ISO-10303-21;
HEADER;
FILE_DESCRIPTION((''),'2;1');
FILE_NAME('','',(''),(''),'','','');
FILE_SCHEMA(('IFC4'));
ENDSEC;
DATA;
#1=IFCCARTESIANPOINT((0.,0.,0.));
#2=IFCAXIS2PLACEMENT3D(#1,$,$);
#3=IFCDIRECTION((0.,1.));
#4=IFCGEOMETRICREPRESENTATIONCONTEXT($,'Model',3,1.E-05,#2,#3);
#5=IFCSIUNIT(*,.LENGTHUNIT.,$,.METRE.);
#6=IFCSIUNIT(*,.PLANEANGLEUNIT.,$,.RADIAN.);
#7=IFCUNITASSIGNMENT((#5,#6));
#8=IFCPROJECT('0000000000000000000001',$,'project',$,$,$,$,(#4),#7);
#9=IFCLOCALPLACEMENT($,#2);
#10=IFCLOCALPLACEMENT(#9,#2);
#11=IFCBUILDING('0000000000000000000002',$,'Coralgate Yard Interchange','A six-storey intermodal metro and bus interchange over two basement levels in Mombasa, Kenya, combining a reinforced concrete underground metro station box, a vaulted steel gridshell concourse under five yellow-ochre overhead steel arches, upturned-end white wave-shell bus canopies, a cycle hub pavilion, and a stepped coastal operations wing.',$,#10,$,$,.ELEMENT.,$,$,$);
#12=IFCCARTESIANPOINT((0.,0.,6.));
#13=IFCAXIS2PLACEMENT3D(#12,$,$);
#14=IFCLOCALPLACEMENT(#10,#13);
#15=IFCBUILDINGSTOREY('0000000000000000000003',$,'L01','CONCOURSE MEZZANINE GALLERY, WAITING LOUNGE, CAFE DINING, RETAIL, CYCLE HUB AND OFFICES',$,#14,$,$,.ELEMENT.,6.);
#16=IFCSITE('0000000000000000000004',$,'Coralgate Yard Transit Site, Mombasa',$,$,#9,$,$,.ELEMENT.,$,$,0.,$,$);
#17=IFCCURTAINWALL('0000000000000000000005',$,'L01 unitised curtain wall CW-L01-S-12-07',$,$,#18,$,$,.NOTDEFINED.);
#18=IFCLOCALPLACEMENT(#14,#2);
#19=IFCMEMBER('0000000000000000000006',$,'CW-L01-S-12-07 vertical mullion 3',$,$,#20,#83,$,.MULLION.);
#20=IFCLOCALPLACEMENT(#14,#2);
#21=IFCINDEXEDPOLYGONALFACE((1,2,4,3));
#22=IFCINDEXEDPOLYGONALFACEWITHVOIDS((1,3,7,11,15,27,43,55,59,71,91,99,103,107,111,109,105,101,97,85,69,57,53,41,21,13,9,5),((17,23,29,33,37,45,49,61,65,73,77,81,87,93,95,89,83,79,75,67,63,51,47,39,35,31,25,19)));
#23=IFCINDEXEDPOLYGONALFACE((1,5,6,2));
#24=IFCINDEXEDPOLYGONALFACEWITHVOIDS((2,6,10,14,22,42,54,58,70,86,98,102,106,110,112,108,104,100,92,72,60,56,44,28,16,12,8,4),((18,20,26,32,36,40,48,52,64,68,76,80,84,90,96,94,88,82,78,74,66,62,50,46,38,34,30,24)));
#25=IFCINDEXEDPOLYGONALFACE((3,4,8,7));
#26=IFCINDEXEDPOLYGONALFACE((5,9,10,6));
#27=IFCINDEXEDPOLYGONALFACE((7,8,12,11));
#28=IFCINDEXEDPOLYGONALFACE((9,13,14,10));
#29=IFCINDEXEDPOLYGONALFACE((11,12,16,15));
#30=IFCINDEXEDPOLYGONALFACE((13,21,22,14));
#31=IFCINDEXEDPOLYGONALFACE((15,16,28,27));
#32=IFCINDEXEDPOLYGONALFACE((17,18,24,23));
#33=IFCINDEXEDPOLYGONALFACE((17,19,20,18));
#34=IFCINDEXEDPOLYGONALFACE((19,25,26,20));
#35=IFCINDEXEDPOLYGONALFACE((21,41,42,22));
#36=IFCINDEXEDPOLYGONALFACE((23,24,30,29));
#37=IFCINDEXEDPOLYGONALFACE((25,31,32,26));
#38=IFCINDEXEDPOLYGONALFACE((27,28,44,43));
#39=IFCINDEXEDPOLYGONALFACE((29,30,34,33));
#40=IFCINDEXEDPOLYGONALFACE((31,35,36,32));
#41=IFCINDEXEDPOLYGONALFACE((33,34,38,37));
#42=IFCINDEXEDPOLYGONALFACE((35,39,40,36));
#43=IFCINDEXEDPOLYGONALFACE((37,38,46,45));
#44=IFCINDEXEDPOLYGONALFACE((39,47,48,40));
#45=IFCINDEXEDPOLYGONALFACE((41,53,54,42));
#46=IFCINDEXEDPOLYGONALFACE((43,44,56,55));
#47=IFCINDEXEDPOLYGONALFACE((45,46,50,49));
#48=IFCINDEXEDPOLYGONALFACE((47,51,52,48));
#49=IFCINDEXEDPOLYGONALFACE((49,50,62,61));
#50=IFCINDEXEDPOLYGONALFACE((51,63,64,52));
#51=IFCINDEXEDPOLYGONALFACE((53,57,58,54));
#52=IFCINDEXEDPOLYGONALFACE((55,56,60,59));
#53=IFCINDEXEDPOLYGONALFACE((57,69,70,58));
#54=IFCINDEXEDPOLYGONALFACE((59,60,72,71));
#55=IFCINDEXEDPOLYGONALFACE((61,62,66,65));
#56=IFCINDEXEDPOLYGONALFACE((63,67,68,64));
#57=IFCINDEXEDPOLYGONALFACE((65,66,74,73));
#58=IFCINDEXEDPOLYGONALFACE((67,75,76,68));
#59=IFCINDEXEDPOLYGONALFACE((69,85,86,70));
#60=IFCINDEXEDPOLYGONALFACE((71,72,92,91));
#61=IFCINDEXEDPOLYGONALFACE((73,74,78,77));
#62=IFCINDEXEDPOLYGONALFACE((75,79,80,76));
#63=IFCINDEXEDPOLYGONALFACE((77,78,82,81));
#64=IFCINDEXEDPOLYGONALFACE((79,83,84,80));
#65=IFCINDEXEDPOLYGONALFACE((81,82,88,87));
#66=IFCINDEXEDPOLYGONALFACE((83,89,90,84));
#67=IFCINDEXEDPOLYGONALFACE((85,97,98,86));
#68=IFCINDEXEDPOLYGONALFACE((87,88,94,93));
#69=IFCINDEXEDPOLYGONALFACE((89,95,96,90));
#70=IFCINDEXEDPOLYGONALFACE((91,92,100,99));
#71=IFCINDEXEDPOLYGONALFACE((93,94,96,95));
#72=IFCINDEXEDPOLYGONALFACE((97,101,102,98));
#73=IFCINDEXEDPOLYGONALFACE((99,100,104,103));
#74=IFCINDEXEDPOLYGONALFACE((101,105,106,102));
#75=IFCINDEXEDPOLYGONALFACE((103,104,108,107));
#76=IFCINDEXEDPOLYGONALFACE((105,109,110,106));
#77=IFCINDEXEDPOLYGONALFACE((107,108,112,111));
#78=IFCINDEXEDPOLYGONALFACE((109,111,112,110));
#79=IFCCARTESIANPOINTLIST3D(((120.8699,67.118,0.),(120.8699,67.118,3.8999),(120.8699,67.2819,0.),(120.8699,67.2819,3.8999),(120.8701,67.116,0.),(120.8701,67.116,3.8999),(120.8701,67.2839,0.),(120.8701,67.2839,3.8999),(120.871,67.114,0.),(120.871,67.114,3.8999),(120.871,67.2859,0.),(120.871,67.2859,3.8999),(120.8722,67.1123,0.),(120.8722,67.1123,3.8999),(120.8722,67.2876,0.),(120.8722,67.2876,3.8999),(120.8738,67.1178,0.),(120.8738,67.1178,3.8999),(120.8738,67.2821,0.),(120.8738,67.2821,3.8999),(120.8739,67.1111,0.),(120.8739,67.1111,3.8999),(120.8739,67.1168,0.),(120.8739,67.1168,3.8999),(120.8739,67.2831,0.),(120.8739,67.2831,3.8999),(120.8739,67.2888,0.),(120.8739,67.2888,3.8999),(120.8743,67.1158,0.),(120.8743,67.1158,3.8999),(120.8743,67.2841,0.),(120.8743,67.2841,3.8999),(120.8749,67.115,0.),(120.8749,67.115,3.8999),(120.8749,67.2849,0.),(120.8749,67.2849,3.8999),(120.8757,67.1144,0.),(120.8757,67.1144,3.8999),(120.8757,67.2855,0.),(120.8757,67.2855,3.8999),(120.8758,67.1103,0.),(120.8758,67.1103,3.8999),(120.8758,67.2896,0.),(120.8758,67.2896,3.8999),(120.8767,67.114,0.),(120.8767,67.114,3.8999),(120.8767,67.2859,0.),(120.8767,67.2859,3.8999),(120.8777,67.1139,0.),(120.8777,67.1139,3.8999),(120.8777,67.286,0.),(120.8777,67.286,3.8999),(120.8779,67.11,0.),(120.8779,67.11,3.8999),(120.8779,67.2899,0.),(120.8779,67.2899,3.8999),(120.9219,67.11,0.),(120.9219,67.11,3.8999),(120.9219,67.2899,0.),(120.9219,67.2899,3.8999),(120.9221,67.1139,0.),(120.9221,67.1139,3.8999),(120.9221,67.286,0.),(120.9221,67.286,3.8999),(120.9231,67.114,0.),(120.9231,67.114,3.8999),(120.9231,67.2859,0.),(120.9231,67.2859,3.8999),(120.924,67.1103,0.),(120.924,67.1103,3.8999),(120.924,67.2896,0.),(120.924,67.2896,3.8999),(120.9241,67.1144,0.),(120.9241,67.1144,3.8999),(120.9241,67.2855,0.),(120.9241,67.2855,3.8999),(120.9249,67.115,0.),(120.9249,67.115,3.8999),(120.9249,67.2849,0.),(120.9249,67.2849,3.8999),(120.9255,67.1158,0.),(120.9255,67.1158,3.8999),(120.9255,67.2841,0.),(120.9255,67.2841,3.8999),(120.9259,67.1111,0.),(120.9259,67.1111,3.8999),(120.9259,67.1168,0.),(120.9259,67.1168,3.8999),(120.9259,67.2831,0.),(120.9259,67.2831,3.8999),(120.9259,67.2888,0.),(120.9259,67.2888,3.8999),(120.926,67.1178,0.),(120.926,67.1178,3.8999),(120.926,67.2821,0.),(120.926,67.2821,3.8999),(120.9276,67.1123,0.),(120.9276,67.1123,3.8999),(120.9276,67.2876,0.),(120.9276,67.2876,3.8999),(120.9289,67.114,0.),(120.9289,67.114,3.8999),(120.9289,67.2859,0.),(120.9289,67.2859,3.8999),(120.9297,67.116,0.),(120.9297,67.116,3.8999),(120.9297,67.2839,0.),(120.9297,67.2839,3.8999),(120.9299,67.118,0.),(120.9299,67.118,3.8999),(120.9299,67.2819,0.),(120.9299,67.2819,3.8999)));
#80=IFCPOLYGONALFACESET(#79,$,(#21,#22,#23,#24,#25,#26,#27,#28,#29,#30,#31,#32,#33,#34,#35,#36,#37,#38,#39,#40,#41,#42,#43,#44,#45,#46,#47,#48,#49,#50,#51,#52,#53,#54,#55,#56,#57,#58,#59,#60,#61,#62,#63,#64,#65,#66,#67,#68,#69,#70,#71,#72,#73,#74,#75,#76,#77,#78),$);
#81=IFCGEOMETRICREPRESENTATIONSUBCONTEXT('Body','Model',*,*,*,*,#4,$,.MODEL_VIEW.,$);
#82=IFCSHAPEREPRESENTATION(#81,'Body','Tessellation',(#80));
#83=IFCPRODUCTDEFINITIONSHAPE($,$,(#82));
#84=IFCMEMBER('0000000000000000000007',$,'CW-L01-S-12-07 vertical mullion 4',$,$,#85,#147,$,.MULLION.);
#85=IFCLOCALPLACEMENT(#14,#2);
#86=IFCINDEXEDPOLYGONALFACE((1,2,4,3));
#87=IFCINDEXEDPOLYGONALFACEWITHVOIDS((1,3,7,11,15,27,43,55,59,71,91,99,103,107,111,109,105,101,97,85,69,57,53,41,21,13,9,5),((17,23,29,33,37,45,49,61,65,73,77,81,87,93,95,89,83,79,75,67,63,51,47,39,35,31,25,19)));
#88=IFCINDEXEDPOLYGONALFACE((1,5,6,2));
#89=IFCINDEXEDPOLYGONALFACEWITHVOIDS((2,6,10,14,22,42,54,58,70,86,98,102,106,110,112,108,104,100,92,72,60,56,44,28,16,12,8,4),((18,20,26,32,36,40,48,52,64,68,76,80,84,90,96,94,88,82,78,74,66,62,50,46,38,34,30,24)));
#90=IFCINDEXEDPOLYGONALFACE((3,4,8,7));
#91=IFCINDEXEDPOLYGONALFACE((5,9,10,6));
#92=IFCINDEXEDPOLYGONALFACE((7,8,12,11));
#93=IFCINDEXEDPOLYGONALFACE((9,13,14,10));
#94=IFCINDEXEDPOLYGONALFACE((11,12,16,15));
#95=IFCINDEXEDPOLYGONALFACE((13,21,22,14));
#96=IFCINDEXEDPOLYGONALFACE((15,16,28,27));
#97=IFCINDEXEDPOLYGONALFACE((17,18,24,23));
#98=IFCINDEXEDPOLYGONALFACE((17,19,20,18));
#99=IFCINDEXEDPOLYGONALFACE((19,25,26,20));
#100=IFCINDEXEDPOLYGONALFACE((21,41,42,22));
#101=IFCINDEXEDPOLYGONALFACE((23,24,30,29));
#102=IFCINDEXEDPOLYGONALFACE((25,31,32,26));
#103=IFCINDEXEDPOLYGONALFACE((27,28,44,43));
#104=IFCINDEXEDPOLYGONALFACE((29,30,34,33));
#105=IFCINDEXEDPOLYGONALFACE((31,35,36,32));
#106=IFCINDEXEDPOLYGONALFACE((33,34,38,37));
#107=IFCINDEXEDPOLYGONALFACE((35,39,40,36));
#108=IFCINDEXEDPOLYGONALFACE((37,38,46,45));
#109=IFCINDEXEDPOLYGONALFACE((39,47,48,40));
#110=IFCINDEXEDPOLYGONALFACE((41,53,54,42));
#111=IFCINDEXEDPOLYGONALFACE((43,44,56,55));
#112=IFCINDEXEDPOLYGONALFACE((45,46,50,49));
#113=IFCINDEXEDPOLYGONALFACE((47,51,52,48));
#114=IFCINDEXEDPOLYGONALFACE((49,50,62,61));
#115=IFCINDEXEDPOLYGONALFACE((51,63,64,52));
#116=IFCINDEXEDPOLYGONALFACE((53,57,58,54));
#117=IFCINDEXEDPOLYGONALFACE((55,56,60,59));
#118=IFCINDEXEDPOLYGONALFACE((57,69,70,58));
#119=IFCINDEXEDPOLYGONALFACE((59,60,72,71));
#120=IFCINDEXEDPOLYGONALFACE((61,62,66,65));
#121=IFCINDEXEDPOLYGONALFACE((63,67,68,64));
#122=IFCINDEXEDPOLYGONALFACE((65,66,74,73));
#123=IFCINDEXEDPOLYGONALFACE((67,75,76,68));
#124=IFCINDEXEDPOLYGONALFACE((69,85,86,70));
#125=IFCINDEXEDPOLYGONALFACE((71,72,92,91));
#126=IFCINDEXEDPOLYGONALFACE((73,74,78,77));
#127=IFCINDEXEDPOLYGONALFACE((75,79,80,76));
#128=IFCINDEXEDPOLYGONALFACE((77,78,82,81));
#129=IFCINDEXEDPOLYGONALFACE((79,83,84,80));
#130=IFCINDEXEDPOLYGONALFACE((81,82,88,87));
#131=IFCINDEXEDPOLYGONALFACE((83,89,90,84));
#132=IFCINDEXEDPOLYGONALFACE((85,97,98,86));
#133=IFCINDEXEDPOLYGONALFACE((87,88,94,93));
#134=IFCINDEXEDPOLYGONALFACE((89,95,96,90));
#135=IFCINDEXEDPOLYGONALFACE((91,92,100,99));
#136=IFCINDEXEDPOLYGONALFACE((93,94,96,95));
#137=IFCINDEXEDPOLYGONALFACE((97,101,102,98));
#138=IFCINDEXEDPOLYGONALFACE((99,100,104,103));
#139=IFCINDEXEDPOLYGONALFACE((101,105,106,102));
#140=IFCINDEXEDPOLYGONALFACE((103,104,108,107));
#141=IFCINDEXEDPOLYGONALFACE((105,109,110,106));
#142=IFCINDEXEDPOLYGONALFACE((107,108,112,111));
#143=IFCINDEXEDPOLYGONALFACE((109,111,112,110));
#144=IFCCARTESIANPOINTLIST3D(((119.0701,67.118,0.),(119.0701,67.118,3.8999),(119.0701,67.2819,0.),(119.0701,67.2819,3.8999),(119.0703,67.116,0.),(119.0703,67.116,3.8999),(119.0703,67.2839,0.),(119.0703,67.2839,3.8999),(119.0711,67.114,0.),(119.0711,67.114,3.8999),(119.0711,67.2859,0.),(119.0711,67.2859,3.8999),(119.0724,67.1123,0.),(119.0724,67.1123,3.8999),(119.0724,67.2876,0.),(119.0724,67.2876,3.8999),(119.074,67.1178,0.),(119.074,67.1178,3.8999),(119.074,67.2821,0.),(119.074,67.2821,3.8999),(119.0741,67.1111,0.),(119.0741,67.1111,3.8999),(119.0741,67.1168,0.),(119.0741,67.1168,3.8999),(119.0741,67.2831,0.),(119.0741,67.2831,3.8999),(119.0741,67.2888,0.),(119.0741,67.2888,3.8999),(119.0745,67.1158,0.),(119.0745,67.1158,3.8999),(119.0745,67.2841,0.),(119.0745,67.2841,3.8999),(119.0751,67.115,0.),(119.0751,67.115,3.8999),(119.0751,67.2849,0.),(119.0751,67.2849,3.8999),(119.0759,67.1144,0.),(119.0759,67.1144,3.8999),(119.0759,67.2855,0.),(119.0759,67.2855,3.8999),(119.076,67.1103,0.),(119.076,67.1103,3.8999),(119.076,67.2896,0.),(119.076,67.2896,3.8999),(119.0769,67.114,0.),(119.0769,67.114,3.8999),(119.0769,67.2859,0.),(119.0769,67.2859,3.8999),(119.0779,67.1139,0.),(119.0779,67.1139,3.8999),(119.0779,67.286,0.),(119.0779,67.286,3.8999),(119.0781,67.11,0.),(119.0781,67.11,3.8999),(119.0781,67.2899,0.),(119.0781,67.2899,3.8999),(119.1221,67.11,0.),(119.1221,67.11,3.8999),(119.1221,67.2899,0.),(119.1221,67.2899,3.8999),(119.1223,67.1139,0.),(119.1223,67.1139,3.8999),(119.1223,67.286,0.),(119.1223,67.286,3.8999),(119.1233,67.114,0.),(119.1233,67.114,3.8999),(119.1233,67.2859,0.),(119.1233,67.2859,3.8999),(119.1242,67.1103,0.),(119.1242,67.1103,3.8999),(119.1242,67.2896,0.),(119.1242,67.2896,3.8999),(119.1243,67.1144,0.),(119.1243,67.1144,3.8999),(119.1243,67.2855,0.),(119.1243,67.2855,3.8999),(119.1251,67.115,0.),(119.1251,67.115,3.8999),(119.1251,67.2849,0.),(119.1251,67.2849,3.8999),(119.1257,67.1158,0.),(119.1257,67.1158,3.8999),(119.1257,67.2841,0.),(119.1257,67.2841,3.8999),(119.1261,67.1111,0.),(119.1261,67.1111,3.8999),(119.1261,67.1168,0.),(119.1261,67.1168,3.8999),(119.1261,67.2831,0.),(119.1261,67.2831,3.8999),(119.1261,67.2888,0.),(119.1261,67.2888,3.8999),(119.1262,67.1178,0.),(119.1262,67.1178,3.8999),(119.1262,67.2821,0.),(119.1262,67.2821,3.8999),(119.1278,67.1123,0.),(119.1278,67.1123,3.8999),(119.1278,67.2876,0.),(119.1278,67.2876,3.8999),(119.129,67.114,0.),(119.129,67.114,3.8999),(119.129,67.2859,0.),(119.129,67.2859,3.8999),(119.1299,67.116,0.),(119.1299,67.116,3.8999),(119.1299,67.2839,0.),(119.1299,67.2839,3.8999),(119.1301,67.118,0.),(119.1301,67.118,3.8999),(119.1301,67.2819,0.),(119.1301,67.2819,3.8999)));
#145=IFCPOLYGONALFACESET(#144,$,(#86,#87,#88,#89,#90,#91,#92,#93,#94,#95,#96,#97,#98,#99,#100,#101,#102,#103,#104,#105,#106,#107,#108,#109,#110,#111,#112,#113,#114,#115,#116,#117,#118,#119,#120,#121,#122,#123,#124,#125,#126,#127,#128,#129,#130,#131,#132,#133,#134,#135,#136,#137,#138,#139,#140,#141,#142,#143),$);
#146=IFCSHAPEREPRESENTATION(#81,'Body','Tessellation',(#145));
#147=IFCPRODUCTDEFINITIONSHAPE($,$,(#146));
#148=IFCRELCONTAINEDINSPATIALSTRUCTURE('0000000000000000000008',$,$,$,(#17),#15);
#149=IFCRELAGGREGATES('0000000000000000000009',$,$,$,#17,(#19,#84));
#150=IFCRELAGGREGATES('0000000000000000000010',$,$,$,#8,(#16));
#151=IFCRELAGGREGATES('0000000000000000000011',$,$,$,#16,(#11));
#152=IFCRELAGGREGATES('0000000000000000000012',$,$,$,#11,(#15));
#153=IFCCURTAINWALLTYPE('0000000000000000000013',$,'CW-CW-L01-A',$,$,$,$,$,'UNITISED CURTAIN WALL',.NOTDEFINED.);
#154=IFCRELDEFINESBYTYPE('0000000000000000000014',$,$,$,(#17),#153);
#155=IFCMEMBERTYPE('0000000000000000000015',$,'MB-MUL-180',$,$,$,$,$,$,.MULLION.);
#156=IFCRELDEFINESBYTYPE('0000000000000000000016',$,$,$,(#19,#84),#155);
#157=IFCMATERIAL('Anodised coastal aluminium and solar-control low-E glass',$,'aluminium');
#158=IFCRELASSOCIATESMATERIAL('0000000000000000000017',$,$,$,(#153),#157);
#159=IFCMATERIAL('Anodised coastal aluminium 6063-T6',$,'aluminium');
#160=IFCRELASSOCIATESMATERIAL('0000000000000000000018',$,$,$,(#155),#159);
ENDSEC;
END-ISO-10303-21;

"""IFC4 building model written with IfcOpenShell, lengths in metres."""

from ifc_helpers import new_model, si_unit, direction, frame, origin, origin_2d, place, context, subcontext, project, spatial, hollow_rectangle, extrude, material, material_profile, profile_set, type_object, element, aggregate, save


model = new_model("IFC4")

# Units and contexts
model_context = context("Model", 3, precision=1e-05, world=origin(), true_north=direction((0.0, 1.0)))
body_context = subcontext(model_context, "Body", "Model", "MODEL_VIEW")
ifc_project = project(units=[si_unit("LENGTHUNIT", "METRE"), si_unit("PLANEANGLEUNIT", "RADIAN")], contexts=[model_context])

# Site, building, storey
site_placement = place(None, origin())
site = spatial("IfcSite", under=ifc_project, at=site_placement, Name="Coralgate Yard Transit Site, Mombasa", CompositionType="ELEMENT", RefElevation=0.0)
building_placement = place(site_placement, origin())
building = spatial("IfcBuilding", under=site, at=building_placement, Name="Coralgate Yard Interchange", Description="A six-storey intermodal metro and bus interchange over two basement levels in Mombasa, Kenya, combining a reinforced concrete underground metro station box, a vaulted steel gridshell concourse under five yellow-ochre overhead steel arches, upturned-end white wave-shell bus canopies, a cycle hub pavilion, and a stepped coastal operations wing.", CompositionType="ELEMENT")
storey_placement = place(building_placement, frame((0.0, 0.0, 6.0)))
storey = spatial("IfcBuildingStorey", under=building, at=storey_placement, Name="L01", Description="CONCOURSE MEZZANINE GALLERY, WAITING LOUNGE, CAFE DINING, RETAIL, CYCLE HUB AND OFFICES", CompositionType="ELEMENT", Elevation=6.0)

# Curtain wall, members
ifc_material_1 = material(Name="Anodised coastal aluminium and solar-control low-E glass", Category="aluminium")
curtain_wall_type = type_object("IfcCurtainWallType", Name="CW-CW-L01-A", ElementType="UNITISED CURTAIN WALL", PredefinedType="NOTDEFINED", material=ifc_material_1)
curtain_wall_placement = place(storey_placement, origin())
curtain_wall = element("IfcCurtainWall", 1, at=curtain_wall_placement, inside=storey, type_object=curtain_wall_type, Name="L01 unitised curtain wall CW-L01-S-12-07", PredefinedType="NOTDEFINED")
ifc_material_2 = material(Name="Anodised coastal aluminium 6063-T6", Category="aluminium")
ifc_material_profile_1 = material_profile(ifc_material_2, hollow_rectangle(XDim=0.0601, YDim=0.1799, WallThickness=0.0039, InnerFilletRadius=0.0039, OuterFilletRadius=0.0081, at=origin_2d()), Name="ALU 60x180x4")
ifc_profile_set_1 = profile_set([ifc_material_profile_1], Name="Anodised coastal aluminium 6063-T6")
member_type_1 = type_object("IfcMemberType", Name="MB-MUL-180", PredefinedType="MULLION", material=ifc_profile_set_1)
member_1_placement = place(storey_placement, frame((120.8999, 67.2, 0.0), z_axis=(0.0, 0.0, 1.0), x_axis=(1.0, 0.0, 0.0)))
member_1 = element("IfcMember", 2, at=member_1_placement, type_object=member_type_1, Name="CW-L01-S-12-07 vertical mullion 3", PredefinedType="MULLION", context=body_context, shape_type="SweptSolid", body=[
    extrude(hollow_rectangle(XDim=0.0601, YDim=0.1799, WallThickness=0.0039, InnerFilletRadius=0.0039, OuterFilletRadius=0.0081, at=origin_2d()), origin(), (0.0, 0.0, 1.0), 3.8999),
])
member_2_placement = place(storey_placement, frame((119.1001, 67.2, 0.0), z_axis=(0.0, 0.0, 1.0), x_axis=(1.0, 0.0, 0.0)))
member_2 = element("IfcMember", 3, at=member_2_placement, type_object=member_type_1, Name="CW-L01-S-12-07 vertical mullion 4", PredefinedType="MULLION", context=body_context, shape_type="SweptSolid", body=[
    extrude(hollow_rectangle(XDim=0.0601, YDim=0.1799, WallThickness=0.0039, InnerFilletRadius=0.0039, OuterFilletRadius=0.0081, at=origin_2d()), origin(), (0.0, 0.0, 1.0), 3.8999),
])
aggregate(curtain_wall, [member_1, member_2])

save(model, "model.ifc")
